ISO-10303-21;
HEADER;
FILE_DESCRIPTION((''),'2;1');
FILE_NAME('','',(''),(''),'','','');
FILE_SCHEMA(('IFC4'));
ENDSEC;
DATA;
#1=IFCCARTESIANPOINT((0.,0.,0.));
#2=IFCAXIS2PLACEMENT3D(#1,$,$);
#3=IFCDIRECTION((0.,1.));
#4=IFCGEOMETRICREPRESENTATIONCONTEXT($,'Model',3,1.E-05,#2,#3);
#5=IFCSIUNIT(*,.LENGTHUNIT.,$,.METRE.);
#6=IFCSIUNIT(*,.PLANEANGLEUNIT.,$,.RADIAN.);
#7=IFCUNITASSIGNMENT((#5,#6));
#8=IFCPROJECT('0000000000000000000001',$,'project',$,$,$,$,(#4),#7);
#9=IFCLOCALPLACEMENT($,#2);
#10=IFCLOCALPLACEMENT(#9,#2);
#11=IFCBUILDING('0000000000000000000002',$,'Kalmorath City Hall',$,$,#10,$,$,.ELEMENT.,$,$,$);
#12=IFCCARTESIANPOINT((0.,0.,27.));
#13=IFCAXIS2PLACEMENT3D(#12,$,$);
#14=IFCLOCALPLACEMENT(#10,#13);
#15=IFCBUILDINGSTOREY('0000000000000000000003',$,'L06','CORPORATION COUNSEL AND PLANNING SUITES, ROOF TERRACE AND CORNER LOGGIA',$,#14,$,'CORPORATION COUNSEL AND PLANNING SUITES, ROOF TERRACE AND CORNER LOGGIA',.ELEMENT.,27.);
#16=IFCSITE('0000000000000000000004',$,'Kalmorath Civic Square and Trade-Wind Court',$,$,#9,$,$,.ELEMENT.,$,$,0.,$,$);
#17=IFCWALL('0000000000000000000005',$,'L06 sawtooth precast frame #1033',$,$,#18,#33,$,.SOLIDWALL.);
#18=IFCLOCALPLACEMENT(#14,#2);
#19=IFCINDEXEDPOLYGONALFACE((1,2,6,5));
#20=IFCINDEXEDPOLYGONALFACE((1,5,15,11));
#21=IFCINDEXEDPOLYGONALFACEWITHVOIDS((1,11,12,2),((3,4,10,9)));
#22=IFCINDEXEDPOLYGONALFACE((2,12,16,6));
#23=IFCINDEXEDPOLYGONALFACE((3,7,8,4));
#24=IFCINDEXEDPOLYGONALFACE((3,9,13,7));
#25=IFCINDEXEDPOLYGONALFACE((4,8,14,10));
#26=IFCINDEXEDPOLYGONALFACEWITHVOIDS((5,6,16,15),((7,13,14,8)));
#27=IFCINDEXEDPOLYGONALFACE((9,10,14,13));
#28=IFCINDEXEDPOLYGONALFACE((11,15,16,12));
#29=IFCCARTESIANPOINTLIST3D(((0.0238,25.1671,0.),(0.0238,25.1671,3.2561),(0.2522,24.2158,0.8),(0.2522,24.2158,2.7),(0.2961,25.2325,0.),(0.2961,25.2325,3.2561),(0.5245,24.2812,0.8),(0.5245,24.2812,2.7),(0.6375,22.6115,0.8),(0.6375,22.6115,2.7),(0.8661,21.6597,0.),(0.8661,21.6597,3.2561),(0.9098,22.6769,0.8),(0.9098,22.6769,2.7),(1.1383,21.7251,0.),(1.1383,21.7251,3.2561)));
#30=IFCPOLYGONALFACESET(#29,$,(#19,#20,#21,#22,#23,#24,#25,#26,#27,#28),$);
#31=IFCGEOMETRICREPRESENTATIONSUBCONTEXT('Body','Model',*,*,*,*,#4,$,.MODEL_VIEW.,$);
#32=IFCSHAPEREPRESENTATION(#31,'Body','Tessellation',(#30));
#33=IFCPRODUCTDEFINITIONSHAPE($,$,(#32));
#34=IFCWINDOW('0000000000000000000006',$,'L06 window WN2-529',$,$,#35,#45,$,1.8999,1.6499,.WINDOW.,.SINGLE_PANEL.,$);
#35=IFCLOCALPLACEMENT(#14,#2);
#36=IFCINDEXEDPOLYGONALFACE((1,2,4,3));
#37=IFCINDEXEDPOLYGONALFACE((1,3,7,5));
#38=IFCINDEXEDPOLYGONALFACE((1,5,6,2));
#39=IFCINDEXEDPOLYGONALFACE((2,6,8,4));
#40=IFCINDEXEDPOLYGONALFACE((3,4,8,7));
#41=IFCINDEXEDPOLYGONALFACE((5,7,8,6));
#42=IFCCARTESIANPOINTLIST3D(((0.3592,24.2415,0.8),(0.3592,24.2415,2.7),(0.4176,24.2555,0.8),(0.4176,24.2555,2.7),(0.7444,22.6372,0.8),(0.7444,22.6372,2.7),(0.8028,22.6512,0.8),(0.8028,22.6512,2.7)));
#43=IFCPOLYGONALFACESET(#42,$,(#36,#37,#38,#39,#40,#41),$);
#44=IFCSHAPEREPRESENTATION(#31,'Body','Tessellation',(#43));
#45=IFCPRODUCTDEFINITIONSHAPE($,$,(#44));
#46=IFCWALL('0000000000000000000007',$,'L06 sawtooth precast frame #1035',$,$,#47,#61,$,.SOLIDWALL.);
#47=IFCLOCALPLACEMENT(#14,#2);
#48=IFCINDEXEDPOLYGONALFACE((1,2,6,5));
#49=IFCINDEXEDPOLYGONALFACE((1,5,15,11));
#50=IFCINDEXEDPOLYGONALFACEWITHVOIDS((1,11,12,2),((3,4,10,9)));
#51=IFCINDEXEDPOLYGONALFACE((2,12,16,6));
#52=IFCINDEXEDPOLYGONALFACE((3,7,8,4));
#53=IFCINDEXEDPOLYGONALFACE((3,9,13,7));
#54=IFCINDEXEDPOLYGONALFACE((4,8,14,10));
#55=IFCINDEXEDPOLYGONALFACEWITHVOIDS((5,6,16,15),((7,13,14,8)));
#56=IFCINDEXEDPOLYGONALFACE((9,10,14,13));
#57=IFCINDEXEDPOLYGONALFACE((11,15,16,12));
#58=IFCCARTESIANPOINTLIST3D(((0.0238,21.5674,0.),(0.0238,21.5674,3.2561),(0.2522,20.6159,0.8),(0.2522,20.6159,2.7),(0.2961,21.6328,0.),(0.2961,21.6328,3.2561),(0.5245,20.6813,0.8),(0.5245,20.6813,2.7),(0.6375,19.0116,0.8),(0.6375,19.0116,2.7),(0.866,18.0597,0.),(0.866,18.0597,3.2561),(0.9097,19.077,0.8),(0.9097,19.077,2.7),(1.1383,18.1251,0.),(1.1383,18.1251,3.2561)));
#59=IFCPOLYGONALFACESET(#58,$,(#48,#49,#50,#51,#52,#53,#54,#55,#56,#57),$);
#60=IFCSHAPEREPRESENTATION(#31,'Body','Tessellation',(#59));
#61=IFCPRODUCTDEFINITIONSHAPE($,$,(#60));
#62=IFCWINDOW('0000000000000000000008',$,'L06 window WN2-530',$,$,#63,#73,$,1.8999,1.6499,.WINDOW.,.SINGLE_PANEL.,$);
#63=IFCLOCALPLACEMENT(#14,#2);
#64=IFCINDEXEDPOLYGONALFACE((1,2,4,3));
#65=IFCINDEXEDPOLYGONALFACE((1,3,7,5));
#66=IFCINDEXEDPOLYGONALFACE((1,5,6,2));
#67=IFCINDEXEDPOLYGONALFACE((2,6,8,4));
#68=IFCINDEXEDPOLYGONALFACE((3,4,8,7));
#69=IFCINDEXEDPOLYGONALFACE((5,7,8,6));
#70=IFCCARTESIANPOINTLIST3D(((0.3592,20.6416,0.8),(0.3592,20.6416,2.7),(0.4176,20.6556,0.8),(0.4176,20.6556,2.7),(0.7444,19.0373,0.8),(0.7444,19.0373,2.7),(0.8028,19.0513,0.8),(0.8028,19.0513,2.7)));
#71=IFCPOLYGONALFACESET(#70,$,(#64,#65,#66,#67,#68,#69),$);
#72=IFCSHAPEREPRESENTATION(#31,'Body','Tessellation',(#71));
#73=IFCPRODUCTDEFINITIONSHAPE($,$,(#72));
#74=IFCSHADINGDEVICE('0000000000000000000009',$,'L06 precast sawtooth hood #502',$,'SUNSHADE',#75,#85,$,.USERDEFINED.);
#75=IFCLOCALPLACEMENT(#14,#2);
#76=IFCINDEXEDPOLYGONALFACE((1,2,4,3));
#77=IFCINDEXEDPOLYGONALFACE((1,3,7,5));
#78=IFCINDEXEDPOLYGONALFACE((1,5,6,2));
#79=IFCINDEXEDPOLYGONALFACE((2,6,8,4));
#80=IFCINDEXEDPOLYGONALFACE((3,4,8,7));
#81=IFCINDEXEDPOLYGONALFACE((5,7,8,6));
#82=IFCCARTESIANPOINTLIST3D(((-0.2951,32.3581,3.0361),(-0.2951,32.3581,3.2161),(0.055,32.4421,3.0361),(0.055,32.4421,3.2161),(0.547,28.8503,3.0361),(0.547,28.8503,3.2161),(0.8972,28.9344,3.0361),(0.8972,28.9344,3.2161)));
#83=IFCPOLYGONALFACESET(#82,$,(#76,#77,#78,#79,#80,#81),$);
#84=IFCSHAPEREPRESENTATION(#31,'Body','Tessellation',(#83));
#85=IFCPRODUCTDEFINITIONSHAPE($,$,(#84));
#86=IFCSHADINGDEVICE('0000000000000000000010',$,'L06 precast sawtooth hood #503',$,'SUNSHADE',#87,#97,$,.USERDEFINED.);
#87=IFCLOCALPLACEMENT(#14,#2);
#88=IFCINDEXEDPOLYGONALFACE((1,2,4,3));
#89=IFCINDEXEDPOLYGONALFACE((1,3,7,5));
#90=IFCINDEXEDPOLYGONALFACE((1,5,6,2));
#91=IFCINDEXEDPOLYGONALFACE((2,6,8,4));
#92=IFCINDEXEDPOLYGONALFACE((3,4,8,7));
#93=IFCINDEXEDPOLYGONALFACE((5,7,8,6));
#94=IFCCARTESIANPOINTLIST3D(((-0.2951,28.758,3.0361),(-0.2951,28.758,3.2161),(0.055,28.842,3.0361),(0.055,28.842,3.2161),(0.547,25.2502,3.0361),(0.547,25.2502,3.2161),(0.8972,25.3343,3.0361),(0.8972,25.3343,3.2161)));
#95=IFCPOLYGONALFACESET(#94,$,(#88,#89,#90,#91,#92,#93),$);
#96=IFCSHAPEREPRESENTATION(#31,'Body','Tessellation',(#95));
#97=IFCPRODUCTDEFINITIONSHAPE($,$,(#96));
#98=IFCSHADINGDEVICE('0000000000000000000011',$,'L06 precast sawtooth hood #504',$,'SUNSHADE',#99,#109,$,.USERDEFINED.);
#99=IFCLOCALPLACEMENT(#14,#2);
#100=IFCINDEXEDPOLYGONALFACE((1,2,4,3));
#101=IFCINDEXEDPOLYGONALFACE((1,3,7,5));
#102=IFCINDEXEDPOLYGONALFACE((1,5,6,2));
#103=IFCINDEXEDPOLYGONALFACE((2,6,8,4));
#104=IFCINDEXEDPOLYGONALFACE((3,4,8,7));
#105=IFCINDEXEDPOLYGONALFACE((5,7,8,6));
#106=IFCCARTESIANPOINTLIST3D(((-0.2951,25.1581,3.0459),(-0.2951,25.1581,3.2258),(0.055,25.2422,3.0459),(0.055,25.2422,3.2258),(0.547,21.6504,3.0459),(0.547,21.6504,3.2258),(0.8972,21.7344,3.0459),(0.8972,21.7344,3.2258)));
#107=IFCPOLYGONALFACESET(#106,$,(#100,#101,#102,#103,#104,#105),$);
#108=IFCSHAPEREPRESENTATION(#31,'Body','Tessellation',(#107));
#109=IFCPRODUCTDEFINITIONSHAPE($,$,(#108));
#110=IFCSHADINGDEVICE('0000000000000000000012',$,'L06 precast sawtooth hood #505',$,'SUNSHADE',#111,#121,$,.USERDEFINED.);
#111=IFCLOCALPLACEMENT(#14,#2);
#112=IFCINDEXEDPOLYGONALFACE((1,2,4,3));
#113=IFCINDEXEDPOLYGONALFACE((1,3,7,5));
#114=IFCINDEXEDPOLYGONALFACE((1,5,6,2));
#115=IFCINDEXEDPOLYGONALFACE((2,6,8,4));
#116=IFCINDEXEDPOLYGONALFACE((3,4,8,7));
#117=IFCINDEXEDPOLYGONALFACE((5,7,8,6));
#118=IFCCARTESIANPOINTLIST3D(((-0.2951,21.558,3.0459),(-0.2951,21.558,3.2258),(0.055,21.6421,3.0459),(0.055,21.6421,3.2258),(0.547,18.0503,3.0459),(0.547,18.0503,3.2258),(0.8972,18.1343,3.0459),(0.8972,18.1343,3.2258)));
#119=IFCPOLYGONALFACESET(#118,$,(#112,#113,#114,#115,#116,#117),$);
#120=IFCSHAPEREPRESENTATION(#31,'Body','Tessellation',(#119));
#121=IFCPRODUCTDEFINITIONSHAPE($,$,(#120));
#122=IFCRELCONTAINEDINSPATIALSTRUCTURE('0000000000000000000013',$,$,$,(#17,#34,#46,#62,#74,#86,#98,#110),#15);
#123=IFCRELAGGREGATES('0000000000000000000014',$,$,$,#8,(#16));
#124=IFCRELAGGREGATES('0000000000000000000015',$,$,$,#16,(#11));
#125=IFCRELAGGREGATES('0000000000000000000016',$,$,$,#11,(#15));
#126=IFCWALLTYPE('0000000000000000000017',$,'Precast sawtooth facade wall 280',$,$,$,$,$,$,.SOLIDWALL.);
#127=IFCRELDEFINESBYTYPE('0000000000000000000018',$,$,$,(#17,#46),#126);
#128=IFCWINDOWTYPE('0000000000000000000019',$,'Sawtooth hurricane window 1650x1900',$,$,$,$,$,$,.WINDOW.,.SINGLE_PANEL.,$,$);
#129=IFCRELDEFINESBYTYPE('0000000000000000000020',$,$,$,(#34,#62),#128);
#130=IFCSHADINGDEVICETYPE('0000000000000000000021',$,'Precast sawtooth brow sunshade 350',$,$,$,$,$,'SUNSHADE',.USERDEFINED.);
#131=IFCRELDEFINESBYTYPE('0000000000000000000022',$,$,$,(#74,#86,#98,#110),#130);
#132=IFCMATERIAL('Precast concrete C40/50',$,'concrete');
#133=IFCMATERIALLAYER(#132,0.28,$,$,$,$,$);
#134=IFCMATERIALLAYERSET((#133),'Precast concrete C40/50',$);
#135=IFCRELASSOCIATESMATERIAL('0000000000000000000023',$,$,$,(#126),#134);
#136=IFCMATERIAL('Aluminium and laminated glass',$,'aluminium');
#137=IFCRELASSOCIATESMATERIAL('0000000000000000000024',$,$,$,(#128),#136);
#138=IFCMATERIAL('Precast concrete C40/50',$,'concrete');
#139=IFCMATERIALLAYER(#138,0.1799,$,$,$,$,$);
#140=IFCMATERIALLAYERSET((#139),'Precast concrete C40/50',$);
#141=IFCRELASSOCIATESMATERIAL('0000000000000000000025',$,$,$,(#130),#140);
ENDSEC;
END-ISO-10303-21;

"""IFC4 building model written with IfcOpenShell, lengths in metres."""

from ifc_helpers import new_model, si_unit, direction, frame, frame_2d, origin, origin_2d, place, context, subcontext, project, spatial, rectangle, extrude, material, layer, layer_set, type_object, element, fill, save


model = new_model("IFC4")

# Units and contexts
model_context = context("Model", 3, precision=1e-05, world=origin(), true_north=direction((0.0, 1.0)))
body_context = subcontext(model_context, "Body", "Model", "MODEL_VIEW")
ifc_project = project(units=[si_unit("LENGTHUNIT", "METRE"), si_unit("PLANEANGLEUNIT", "RADIAN")], contexts=[model_context])

# Site, building, storey
site_placement = place(None, origin())
site = spatial("IfcSite", under=ifc_project, at=site_placement, Name="Kalmorath Civic Square and Trade-Wind Court", CompositionType="ELEMENT", RefElevation=0.0)
building_placement = place(site_placement, origin())
building = spatial("IfcBuilding", under=site, at=building_placement, Name="Kalmorath City Hall", CompositionType="ELEMENT")
storey_placement = place(building_placement, frame((0.0, 0.0, 27.0)))
storey = spatial("IfcBuildingStorey", under=building, at=storey_placement, Name="L06", Description="CORPORATION COUNSEL AND PLANNING SUITES, ROOF TERRACE AND CORNER LOGGIA", LongName="CORPORATION COUNSEL AND PLANNING SUITES, ROOF TERRACE AND CORNER LOGGIA", CompositionType="ELEMENT", Elevation=27.0)

# Walls, openings, windows
ifc_material_1 = material(Name="Precast concrete C40/50", Category="concrete")
ifc_layer_1 = layer(ifc_material_1, 0.28)
ifc_layer_set_1 = layer_set([ifc_layer_1], Name="Precast concrete C40/50")
wall_type_1 = type_object("IfcWallType", Name="Precast sawtooth facade wall 280", PredefinedType="SOLIDWALL", material=ifc_layer_set_1)
ifc_material_2 = material(Name="Aluminium and laminated glass", Category="aluminium")
window_type = type_object("IfcWindowType", Name="Sawtooth hurricane window 1650x1900", PartitioningType="SINGLE_PANEL", PredefinedType="WINDOW", material=ifc_material_2)
wall_1_placement = place(storey_placement, frame((0.1599, 25.2, 0.0), z_axis=(0.0, 0.0, 1.0), x_axis=(0.233496, -0.972358, 0.0)))
wall_1 = element("IfcWall", 1, at=wall_1_placement, inside=storey, type_object=wall_type_1, Name="L06 sawtooth precast frame #1033", PredefinedType="SOLIDWALL", context=body_context, shape_type="SweptSolid", body=[
    extrude(rectangle(XDim=3.6072, YDim=0.28, at=frame_2d((1.8037, 0.0))), origin(), (0.0, 0.0, 1.0), 3.2561),
])
opening_1_placement = place(wall_1_placement, frame((0.9785, 0.0, 0.8)))
opening_1 = element("IfcOpeningElement", 2, at=opening_1_placement, cuts=wall_1, PredefinedType="OPENING", context=body_context, shape_type="SweptSolid", body=[
    extrude(rectangle(XDim=1.6499, YDim=1.8999, at=frame_2d((0.825, 0.95))), frame((0.0, 0.1499, 0.0), z_axis=(0.0, -1.0, 0.0), x_axis=(1.0, 0.0, 0.0)), (0.0, 0.0, 1.0), 0.3),
])
window_1_placement = place(opening_1_placement, origin())
window_1 = element("IfcWindow", 3, at=window_1_placement, inside=storey, type_object=window_type, Name="L06 window WN2-529", OverallHeight=1.8999, OverallWidth=1.6499, PartitioningType="SINGLE_PANEL", PredefinedType="WINDOW", context=body_context, shape_type="SweptSolid", body=[
    extrude(rectangle(XDim=1.6499, YDim=1.8999, at=frame_2d((0.825, 0.95))), frame((0.0, 0.03, 0.0), z_axis=(0.0, -1.0, 0.0), x_axis=(1.0, 0.0, 0.0)), (0.0, 0.0, 1.0), 0.0601),
])
fill(opening_1, window_1)
wall_2_placement = place(storey_placement, frame((0.1599, 21.6001, 0.0), z_axis=(0.0, 0.0, 1.0), x_axis=(0.23348, -0.972361, 0.0)))
wall_2 = element("IfcWall", 4, at=wall_2_placement, inside=storey, type_object=wall_type_1, Name="L06 sawtooth precast frame #1035", PredefinedType="SOLIDWALL", context=body_context, shape_type="SweptSolid", body=[
    extrude(rectangle(XDim=3.6074, YDim=0.28, at=frame_2d((1.8037, 0.0))), origin(), (0.0, 0.0, 1.0), 3.2561),
])
opening_2_placement = place(wall_2_placement, frame((0.9785, 0.0, 0.8)))
opening_2 = element("IfcOpeningElement", 5, at=opening_2_placement, cuts=wall_2, PredefinedType="OPENING", context=body_context, shape_type="SweptSolid", body=[
    extrude(rectangle(XDim=1.6499, YDim=1.8999, at=frame_2d((0.825, 0.95))), frame((0.0, 0.1499, 0.0), z_axis=(0.0, -1.0, 0.0), x_axis=(1.0, 0.0, 0.0)), (0.0, 0.0, 1.0), 0.3),
])
window_2_placement = place(opening_2_placement, origin())
window_2 = element("IfcWindow", 6, at=window_2_placement, inside=storey, type_object=window_type, Name="L06 window WN2-530", OverallHeight=1.8999, OverallWidth=1.6499, PartitioningType="SINGLE_PANEL", PredefinedType="WINDOW", context=body_context, shape_type="SweptSolid", body=[
    extrude(rectangle(XDim=1.6499, YDim=1.8999, at=frame_2d((0.825, 0.95))), frame((0.0, 0.03, 0.0), z_axis=(0.0, -1.0, 0.0), x_axis=(1.0, 0.0, 0.0)), (0.0, 0.0, 1.0), 0.0601),
])
fill(opening_2, window_2)

# Shading devices
ifc_material_3 = material(Name="Precast concrete C40/50", Category="concrete")
ifc_layer_2 = layer(ifc_material_3, 0.1799)
ifc_layer_set_2 = layer_set([ifc_layer_2], Name="Precast concrete C40/50")
shading_device_type = type_object("IfcShadingDeviceType", Name="Precast sawtooth brow sunshade 350", ElementType="SUNSHADE", PredefinedType="USERDEFINED", material=ifc_layer_set_2)
for number, where, z_axis, x_axis, name in (
    (7, (0.301, 30.6462, 3.0361), (0.0, 0.0, 1.0), (0.233445, -0.97237, 0.0), "L06 precast sawtooth hood #502"),
    (8, (0.301, 27.0461, 3.0361), (0.0, 0.0, 1.0), (0.233445, -0.97237, 0.0), "L06 precast sawtooth hood #503"),
    (9, (0.301, 23.4463, 3.0459), (0.0, 0.0, 1.0), (0.233445, -0.97237, 0.0), "L06 precast sawtooth hood #504"),
    (10, (0.301, 19.8462, 3.0459), (0.0, 0.0, 1.0), (0.233445, -0.97237, 0.0), "L06 precast sawtooth hood #505"),
):
    element("IfcShadingDevice", number, at=place(storey_placement, frame(where, z_axis=z_axis, x_axis=x_axis)), inside=storey, type_object=shading_device_type, Name=name, ObjectType="SUNSHADE", PredefinedType="USERDEFINED", context=body_context, shape_type="SweptSolid", body=[
        extrude(rectangle(XDim=3.6074, YDim=0.3601, at=origin_2d()), origin(), (0.0, 0.0, 1.0), 0.1799),
    ])

save(model, "model.ifc")
